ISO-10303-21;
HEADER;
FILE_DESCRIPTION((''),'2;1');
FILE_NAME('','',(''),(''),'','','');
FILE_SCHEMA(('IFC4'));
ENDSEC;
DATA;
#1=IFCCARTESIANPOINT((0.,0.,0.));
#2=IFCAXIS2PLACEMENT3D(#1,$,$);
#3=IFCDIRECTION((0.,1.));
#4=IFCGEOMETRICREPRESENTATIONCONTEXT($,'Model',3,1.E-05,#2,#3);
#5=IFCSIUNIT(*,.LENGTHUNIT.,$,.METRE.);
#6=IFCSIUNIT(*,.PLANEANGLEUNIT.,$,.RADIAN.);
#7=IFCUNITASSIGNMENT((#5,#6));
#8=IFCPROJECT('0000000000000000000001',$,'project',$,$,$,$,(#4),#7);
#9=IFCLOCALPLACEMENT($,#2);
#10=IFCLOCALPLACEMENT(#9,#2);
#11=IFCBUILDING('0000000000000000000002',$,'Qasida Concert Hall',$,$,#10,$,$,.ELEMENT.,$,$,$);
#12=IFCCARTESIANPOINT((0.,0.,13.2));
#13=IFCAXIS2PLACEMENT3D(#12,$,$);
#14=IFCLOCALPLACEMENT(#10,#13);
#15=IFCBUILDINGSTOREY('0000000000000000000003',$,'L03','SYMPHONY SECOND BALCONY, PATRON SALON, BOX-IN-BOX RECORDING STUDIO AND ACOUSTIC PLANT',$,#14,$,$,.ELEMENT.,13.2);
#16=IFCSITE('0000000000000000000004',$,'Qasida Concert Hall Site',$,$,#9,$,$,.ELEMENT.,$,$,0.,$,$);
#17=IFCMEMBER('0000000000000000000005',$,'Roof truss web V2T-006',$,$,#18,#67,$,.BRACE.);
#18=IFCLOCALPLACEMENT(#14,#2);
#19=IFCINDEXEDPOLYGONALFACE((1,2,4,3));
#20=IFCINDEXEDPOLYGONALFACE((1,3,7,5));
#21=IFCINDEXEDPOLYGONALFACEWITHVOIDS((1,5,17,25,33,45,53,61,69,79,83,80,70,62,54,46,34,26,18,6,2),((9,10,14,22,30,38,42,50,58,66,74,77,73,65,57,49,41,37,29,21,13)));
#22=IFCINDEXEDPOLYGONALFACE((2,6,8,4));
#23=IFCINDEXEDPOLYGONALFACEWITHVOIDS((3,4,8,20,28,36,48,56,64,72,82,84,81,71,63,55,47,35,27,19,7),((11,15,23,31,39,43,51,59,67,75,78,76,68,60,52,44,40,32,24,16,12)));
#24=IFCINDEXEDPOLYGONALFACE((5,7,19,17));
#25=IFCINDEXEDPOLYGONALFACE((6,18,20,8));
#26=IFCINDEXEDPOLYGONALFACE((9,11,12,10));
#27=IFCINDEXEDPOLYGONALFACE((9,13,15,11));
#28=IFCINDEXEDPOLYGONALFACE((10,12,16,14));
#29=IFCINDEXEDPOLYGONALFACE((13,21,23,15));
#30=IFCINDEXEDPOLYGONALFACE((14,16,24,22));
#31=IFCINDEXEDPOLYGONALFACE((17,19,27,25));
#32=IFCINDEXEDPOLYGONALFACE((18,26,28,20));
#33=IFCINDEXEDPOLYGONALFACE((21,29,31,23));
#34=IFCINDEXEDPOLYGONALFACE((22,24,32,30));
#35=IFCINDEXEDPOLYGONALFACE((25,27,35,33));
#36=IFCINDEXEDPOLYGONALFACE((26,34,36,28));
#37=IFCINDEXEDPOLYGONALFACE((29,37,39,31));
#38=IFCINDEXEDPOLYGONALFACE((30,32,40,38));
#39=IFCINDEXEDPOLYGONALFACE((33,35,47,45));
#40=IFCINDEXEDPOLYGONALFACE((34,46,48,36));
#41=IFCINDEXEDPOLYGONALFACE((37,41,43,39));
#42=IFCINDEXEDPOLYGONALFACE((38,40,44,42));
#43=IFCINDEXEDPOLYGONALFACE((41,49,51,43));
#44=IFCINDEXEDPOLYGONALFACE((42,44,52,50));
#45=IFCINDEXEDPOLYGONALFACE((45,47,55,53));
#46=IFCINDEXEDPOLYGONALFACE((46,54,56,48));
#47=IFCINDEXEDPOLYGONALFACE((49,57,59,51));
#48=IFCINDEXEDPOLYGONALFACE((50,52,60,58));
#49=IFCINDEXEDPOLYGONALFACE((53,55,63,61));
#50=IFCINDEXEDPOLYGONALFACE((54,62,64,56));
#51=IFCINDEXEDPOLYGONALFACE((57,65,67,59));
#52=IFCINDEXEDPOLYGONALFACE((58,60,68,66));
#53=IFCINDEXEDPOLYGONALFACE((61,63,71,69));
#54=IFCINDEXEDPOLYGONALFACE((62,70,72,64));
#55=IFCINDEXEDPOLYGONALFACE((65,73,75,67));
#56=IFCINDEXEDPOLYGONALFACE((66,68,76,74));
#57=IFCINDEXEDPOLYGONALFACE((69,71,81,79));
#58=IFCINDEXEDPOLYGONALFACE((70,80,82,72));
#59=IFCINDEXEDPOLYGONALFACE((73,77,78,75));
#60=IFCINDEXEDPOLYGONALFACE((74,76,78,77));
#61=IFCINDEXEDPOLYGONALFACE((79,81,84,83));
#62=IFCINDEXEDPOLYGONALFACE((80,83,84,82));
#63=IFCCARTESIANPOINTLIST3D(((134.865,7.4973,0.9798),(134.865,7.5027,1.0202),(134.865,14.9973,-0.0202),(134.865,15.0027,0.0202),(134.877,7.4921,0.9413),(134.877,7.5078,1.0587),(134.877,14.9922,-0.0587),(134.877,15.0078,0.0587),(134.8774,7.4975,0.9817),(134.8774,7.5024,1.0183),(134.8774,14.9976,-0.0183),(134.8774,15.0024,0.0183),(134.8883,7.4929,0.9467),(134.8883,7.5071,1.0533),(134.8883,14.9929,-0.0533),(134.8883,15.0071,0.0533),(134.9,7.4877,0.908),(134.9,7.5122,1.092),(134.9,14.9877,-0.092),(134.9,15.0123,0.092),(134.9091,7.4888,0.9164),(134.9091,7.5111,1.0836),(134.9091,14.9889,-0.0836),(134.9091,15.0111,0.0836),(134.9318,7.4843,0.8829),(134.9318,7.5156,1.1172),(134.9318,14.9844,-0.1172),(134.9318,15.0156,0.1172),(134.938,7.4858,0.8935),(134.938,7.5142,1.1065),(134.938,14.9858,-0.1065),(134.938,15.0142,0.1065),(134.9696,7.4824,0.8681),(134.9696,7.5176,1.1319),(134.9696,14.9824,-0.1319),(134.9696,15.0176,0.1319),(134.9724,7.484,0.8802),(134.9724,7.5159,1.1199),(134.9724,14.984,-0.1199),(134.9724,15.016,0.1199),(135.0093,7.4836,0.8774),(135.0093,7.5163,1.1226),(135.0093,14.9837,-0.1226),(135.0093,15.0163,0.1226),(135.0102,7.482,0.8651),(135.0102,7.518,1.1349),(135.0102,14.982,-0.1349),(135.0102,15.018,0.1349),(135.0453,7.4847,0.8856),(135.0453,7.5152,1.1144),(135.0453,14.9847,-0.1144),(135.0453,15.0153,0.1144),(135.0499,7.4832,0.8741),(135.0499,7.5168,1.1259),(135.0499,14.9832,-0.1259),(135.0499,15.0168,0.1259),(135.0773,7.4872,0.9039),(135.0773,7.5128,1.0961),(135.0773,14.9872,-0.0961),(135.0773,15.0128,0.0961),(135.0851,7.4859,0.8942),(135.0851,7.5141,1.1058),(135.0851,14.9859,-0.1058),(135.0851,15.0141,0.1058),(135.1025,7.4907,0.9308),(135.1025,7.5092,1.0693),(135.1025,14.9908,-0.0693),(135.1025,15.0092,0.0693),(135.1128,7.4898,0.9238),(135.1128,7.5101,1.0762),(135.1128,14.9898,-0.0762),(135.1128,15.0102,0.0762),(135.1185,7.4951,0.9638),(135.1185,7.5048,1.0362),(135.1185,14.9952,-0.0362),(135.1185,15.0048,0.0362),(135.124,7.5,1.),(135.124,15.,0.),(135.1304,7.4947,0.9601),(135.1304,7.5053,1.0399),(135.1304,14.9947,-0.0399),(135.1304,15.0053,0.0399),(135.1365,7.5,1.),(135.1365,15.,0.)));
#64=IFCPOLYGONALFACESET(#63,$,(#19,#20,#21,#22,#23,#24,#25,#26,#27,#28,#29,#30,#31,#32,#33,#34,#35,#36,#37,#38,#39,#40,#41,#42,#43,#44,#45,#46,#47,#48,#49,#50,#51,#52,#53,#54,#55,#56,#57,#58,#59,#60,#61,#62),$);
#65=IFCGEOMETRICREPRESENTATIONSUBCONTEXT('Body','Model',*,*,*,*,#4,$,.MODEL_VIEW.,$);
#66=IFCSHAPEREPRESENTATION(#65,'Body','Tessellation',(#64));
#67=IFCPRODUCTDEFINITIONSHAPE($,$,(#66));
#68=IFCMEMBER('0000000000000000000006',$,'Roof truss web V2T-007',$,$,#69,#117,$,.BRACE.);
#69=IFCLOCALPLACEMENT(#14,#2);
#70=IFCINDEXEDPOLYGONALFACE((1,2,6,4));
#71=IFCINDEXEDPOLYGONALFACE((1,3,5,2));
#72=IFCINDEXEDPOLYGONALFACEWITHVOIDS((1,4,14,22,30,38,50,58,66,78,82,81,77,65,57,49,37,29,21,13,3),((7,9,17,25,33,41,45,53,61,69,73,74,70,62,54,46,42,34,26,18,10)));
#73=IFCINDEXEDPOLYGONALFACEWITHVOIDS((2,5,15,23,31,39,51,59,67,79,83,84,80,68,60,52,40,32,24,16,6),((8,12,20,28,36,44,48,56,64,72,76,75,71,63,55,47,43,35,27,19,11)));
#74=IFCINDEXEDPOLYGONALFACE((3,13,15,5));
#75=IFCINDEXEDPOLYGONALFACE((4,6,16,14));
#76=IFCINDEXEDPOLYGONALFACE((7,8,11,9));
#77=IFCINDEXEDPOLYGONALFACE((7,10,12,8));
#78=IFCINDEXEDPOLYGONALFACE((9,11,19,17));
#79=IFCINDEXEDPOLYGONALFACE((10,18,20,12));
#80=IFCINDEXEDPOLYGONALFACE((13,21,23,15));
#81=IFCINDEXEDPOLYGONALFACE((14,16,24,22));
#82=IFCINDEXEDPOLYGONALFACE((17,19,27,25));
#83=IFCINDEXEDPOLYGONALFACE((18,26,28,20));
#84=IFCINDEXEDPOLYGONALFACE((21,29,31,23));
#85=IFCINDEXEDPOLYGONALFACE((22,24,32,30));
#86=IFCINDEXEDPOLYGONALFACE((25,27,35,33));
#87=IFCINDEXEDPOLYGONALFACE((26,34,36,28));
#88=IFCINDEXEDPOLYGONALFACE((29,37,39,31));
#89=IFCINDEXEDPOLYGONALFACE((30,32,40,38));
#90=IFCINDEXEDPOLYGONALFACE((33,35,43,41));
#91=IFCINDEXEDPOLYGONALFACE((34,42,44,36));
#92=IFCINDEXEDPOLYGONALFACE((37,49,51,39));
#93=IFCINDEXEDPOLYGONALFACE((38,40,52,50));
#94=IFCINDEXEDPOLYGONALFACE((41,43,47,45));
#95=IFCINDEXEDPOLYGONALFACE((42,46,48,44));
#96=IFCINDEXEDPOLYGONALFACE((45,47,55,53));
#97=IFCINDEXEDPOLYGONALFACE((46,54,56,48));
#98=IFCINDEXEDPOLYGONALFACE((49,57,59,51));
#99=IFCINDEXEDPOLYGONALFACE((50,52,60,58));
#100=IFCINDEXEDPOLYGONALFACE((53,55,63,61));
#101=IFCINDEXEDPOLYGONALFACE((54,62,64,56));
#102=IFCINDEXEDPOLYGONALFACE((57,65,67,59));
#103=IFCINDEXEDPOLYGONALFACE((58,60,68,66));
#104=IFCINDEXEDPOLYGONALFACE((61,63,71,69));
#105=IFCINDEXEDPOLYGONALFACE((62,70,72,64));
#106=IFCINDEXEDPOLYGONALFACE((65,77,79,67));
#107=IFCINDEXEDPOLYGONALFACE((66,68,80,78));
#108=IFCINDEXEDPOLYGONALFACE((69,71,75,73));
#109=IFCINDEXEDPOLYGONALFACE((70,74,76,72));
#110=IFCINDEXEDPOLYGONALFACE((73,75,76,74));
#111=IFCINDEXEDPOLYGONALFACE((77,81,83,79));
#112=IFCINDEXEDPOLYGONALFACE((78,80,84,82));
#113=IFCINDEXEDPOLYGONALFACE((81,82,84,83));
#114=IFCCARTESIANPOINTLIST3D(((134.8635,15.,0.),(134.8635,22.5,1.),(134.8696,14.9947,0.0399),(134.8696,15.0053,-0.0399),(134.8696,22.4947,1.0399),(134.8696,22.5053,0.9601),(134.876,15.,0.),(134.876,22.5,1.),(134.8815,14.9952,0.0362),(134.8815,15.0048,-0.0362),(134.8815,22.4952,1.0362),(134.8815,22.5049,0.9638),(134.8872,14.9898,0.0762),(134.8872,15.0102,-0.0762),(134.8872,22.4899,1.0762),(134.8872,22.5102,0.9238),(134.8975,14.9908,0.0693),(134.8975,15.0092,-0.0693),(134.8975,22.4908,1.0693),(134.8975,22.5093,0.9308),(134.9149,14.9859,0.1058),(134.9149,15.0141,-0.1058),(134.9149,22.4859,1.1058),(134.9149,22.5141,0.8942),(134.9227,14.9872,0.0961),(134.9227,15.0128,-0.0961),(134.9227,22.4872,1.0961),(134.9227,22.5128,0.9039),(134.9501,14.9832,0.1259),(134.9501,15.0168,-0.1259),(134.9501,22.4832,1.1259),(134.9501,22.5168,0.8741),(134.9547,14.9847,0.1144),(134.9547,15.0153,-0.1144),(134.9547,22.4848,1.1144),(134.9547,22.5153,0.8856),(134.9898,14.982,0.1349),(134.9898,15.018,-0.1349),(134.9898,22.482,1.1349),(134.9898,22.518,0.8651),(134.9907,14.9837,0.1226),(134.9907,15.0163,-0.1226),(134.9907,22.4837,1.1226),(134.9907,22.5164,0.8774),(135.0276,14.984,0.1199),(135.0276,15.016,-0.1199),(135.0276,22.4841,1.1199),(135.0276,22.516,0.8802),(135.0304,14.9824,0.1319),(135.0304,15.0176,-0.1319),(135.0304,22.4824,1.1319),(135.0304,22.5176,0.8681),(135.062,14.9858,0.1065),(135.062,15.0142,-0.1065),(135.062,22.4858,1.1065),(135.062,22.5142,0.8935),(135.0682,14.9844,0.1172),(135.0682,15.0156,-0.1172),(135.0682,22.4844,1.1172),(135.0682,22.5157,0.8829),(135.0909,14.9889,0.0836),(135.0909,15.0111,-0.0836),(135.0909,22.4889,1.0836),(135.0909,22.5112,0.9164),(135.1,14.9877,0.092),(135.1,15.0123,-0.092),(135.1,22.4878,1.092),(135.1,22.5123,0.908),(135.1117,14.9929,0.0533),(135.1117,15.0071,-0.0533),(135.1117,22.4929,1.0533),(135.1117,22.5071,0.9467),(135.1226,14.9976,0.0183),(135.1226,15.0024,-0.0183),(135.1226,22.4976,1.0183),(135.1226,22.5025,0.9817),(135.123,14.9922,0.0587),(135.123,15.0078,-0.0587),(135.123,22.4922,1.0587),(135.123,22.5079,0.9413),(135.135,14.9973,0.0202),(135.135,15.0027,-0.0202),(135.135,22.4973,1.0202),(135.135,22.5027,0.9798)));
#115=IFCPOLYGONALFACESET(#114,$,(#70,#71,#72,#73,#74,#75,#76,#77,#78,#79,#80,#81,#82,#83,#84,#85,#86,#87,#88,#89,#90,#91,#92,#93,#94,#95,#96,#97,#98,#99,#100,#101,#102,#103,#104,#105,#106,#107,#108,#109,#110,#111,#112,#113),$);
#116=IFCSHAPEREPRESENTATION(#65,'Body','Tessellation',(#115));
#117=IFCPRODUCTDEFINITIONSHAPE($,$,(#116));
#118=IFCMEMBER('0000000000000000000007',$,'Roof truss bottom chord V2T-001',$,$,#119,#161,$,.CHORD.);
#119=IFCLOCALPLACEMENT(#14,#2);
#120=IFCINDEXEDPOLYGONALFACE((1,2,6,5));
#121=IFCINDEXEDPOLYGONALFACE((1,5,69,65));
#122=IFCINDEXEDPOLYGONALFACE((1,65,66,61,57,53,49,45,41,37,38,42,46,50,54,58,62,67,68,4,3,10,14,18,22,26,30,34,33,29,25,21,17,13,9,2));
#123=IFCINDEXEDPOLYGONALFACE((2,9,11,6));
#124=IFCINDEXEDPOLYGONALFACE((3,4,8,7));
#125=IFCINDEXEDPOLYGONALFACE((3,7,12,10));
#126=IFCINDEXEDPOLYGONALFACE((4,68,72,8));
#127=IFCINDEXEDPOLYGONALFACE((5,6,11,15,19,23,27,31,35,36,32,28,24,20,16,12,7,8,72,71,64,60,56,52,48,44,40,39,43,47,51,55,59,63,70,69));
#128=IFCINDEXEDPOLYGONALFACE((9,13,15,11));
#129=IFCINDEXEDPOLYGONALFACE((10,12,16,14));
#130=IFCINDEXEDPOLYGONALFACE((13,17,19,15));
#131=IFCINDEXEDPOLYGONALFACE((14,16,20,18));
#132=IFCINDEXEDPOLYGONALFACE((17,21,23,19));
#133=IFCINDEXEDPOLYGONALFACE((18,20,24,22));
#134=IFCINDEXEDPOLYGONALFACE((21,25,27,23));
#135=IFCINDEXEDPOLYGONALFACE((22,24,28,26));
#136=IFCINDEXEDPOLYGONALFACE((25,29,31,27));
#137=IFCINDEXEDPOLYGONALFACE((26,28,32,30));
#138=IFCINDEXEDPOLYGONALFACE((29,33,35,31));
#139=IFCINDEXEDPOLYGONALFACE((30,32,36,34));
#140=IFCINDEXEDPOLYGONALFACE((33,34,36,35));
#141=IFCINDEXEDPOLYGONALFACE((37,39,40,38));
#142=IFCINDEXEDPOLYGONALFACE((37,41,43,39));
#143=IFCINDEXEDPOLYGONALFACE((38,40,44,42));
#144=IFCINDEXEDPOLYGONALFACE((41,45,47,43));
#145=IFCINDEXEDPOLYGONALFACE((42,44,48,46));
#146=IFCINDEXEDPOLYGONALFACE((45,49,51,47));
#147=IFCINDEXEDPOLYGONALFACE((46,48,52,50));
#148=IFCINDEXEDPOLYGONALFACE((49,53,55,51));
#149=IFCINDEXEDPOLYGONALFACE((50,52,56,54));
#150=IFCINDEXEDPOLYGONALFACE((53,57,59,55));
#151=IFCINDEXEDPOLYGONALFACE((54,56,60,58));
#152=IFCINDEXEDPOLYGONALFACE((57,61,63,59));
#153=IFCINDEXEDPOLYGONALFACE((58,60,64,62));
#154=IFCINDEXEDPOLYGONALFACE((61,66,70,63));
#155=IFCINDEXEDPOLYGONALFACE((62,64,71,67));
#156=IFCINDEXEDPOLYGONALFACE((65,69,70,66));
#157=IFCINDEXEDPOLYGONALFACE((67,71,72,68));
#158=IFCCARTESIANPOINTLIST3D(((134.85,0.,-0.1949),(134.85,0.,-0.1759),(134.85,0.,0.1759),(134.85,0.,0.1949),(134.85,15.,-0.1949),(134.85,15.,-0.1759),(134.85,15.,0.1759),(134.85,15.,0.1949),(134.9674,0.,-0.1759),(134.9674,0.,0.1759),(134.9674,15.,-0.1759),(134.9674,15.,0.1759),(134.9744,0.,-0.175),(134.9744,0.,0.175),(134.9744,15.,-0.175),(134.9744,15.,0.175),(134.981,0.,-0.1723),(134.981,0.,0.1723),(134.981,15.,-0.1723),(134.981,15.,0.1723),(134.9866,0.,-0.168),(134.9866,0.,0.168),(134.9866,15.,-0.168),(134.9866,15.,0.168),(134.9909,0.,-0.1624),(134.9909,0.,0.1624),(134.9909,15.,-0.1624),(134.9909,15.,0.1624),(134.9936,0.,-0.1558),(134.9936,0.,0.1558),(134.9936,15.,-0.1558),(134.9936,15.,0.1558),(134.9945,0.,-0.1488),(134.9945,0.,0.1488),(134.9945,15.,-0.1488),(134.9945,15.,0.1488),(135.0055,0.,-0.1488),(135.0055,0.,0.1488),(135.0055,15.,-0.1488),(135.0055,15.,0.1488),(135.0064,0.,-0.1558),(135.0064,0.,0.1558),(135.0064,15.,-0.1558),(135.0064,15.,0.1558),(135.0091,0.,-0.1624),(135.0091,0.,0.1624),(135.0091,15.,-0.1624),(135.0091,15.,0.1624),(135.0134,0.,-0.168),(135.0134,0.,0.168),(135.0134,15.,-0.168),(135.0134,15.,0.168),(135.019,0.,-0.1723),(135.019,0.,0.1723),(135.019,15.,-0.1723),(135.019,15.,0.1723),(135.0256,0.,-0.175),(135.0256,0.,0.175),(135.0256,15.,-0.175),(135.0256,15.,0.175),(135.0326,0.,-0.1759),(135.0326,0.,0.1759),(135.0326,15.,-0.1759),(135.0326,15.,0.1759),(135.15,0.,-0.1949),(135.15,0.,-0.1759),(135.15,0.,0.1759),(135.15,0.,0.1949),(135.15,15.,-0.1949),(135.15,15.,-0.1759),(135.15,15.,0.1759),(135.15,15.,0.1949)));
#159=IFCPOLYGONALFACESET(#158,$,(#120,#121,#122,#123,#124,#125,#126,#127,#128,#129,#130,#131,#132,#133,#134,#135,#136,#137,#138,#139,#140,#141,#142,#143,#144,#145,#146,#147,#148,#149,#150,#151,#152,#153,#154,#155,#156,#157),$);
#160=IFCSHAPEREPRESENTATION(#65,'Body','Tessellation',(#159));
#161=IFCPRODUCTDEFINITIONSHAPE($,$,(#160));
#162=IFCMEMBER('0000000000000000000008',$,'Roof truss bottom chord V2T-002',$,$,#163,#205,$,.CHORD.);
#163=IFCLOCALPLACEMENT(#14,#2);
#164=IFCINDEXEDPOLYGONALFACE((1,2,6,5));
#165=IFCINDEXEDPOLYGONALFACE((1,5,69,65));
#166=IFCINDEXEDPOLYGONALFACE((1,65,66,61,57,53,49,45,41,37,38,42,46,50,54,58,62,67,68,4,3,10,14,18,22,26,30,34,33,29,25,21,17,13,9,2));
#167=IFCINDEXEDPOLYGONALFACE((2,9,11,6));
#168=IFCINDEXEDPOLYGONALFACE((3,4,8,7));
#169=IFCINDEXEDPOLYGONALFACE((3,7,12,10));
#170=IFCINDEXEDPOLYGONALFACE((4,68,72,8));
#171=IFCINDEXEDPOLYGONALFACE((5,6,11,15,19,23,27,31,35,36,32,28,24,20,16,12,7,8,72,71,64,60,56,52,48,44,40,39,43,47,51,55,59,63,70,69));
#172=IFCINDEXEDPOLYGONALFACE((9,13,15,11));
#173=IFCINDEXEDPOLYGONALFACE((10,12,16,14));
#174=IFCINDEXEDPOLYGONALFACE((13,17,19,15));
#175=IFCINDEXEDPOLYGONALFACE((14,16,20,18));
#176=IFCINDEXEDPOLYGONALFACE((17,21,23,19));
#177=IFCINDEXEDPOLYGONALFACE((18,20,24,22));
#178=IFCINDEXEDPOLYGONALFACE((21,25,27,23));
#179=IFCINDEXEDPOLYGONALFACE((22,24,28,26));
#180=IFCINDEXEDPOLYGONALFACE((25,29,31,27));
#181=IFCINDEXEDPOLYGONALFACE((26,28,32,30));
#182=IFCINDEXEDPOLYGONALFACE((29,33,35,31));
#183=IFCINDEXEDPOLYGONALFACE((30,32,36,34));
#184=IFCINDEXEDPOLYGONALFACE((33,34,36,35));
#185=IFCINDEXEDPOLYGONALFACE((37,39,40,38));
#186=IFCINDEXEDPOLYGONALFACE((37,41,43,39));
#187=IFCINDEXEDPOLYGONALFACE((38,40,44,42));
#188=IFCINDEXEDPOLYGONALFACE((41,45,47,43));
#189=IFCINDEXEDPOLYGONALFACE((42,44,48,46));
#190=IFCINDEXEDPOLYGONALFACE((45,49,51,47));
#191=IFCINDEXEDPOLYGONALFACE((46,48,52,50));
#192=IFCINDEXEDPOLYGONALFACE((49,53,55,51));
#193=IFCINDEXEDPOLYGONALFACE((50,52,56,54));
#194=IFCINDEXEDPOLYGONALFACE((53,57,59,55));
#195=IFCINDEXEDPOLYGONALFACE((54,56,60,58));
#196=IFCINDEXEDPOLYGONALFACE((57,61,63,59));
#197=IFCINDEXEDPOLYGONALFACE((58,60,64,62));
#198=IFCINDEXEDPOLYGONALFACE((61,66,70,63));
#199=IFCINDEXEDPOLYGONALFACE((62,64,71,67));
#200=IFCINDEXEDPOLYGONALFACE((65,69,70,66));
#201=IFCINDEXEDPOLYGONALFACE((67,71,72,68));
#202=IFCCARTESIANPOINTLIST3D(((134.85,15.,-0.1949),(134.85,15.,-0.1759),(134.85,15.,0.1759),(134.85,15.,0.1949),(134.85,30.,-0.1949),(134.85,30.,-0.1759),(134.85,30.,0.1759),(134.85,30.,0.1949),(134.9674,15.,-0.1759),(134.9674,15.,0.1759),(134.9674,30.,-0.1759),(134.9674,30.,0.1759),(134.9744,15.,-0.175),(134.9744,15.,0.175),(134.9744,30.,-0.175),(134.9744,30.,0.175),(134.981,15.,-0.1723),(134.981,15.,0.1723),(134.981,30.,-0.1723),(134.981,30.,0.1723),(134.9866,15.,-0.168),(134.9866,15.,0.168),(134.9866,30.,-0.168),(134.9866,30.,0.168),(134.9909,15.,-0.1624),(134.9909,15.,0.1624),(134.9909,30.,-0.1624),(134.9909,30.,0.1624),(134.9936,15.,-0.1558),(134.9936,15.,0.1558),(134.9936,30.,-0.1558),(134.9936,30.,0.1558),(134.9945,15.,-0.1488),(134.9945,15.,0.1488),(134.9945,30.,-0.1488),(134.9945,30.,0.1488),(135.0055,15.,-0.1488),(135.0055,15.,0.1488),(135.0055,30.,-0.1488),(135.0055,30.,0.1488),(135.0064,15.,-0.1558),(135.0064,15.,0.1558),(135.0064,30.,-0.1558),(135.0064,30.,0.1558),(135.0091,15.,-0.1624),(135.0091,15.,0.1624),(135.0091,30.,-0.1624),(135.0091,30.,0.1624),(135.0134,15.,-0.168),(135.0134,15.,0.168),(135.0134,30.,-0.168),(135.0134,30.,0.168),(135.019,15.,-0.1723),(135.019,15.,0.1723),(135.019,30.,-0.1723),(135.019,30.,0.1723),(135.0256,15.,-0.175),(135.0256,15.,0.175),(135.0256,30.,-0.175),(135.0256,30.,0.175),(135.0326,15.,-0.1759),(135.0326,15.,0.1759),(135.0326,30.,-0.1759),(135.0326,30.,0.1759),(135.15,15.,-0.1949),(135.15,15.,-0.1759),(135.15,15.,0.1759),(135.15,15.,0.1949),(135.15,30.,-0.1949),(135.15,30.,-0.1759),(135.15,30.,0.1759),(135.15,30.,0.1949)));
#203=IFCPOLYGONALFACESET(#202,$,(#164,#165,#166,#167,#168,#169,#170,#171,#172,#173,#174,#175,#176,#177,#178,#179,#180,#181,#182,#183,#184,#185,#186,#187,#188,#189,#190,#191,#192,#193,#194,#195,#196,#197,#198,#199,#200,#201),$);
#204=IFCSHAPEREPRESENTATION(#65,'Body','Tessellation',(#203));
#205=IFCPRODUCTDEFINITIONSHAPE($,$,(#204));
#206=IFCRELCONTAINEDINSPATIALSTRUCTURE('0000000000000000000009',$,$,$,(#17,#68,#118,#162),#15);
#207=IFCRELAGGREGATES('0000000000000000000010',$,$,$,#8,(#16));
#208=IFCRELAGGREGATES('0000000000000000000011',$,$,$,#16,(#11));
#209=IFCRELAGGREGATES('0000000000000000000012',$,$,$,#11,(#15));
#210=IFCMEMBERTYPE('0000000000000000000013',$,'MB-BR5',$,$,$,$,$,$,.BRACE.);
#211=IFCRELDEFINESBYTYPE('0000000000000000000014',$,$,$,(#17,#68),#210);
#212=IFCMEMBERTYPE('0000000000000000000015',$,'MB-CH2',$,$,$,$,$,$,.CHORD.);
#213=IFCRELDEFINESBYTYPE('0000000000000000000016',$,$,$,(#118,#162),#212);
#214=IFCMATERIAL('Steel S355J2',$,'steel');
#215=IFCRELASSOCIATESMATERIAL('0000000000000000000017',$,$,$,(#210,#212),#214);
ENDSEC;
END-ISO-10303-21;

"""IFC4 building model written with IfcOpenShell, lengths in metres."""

from ifc_helpers import new_model, si_unit, direction, frame, origin, origin_2d, place, context, subcontext, project, spatial, hollow_circle, i_section, extrude, material, material_profile, profile_set, type_object, element, save


model = new_model("IFC4")

# Units and contexts
model_context = context("Model", 3, precision=1e-05, world=origin(), true_north=direction((0.0, 1.0)))
body_context = subcontext(model_context, "Body", "Model", "MODEL_VIEW")
ifc_project = project(units=[si_unit("LENGTHUNIT", "METRE"), si_unit("PLANEANGLEUNIT", "RADIAN")], contexts=[model_context])

# Site, building, storey
site_placement = place(None, origin())
site = spatial("IfcSite", under=ifc_project, at=site_placement, Name="Qasida Concert Hall Site", CompositionType="ELEMENT", RefElevation=0.0)
building_placement = place(site_placement, origin())
building = spatial("IfcBuilding", under=site, at=building_placement, Name="Qasida Concert Hall", CompositionType="ELEMENT")
storey_placement = place(building_placement, frame((0.0, 0.0, 13.2)))
storey = spatial("IfcBuildingStorey", under=building, at=storey_placement, Name="L03", Description="SYMPHONY SECOND BALCONY, PATRON SALON, BOX-IN-BOX RECORDING STUDIO AND ACOUSTIC PLANT", CompositionType="ELEMENT", Elevation=13.2)

# Members
ifc_material_1 = material(Name="Steel S355J2", Category="steel")
ifc_material_profile_1 = material_profile(ifc_material_1, hollow_circle(Radius=0.1365, WallThickness=0.0125, at=origin_2d()), Name="CHS 273x12.5")
ifc_profile_set_1 = profile_set([ifc_material_profile_1], Name="Steel S355J2")
member_type_1 = type_object("IfcMemberType", Name="MB-BR5", PredefinedType="BRACE", material=ifc_profile_set_1)
for number, where, z_axis, x_axis, name in (
    (1, (135.0, 15.0, 0.0), (0.0, -0.991228, 0.132164), (1.0, 0.0, 0.0), "Roof truss web V2T-006"),
    (2, (135.0, 15.0, 0.0), (0.0, 0.991228, 0.132164), (-1.0, 0.0, 0.0), "Roof truss web V2T-007"),
):
    element("IfcMember", number, at=place(storey_placement, frame(where, z_axis=z_axis, x_axis=x_axis)), inside=storey, type_object=member_type_1, Name=name, PredefinedType="BRACE", context=body_context, shape_type="SweptSolid", body=[
        extrude(hollow_circle(Radius=0.1365, WallThickness=0.0125, at=origin_2d()), origin(), (0.0, 0.0, 1.0), 7.5664),
    ])
ifc_material_profile_2 = material_profile(ifc_material_1, i_section(OverallWidth=0.3, OverallDepth=0.3899, WebThickness=0.011, FlangeThickness=0.019, FilletRadius=0.0271, at=origin_2d()), Name="HEA 400")
ifc_profile_set_2 = profile_set([ifc_material_profile_2], Name="Steel S355J2")
member_type_2 = type_object("IfcMemberType", Name="MB-CH2", PredefinedType="CHORD", material=ifc_profile_set_2)
for number, where, z_axis, x_axis, name in (
    (3, (135.0, 0.0, 0.0), (0.0, 1.0, 0.0), (-1.0, 0.0, 0.0), "Roof truss bottom chord V2T-001"),
    (4, (135.0, 15.0, 0.0), (0.0, 1.0, 0.0), (-1.0, 0.0, 0.0), "Roof truss bottom chord V2T-002"),
):
    element("IfcMember", number, at=place(storey_placement, frame(where, z_axis=z_axis, x_axis=x_axis)), inside=storey, type_object=member_type_2, Name=name, PredefinedType="CHORD", context=body_context, shape_type="SweptSolid", body=[
        extrude(i_section(OverallWidth=0.3, OverallDepth=0.3899, WebThickness=0.011, FlangeThickness=0.019, FilletRadius=0.0271, at=origin_2d()), origin(), (0.0, 0.0, 1.0), 15.0),
    ])

save(model, "model.ifc")
